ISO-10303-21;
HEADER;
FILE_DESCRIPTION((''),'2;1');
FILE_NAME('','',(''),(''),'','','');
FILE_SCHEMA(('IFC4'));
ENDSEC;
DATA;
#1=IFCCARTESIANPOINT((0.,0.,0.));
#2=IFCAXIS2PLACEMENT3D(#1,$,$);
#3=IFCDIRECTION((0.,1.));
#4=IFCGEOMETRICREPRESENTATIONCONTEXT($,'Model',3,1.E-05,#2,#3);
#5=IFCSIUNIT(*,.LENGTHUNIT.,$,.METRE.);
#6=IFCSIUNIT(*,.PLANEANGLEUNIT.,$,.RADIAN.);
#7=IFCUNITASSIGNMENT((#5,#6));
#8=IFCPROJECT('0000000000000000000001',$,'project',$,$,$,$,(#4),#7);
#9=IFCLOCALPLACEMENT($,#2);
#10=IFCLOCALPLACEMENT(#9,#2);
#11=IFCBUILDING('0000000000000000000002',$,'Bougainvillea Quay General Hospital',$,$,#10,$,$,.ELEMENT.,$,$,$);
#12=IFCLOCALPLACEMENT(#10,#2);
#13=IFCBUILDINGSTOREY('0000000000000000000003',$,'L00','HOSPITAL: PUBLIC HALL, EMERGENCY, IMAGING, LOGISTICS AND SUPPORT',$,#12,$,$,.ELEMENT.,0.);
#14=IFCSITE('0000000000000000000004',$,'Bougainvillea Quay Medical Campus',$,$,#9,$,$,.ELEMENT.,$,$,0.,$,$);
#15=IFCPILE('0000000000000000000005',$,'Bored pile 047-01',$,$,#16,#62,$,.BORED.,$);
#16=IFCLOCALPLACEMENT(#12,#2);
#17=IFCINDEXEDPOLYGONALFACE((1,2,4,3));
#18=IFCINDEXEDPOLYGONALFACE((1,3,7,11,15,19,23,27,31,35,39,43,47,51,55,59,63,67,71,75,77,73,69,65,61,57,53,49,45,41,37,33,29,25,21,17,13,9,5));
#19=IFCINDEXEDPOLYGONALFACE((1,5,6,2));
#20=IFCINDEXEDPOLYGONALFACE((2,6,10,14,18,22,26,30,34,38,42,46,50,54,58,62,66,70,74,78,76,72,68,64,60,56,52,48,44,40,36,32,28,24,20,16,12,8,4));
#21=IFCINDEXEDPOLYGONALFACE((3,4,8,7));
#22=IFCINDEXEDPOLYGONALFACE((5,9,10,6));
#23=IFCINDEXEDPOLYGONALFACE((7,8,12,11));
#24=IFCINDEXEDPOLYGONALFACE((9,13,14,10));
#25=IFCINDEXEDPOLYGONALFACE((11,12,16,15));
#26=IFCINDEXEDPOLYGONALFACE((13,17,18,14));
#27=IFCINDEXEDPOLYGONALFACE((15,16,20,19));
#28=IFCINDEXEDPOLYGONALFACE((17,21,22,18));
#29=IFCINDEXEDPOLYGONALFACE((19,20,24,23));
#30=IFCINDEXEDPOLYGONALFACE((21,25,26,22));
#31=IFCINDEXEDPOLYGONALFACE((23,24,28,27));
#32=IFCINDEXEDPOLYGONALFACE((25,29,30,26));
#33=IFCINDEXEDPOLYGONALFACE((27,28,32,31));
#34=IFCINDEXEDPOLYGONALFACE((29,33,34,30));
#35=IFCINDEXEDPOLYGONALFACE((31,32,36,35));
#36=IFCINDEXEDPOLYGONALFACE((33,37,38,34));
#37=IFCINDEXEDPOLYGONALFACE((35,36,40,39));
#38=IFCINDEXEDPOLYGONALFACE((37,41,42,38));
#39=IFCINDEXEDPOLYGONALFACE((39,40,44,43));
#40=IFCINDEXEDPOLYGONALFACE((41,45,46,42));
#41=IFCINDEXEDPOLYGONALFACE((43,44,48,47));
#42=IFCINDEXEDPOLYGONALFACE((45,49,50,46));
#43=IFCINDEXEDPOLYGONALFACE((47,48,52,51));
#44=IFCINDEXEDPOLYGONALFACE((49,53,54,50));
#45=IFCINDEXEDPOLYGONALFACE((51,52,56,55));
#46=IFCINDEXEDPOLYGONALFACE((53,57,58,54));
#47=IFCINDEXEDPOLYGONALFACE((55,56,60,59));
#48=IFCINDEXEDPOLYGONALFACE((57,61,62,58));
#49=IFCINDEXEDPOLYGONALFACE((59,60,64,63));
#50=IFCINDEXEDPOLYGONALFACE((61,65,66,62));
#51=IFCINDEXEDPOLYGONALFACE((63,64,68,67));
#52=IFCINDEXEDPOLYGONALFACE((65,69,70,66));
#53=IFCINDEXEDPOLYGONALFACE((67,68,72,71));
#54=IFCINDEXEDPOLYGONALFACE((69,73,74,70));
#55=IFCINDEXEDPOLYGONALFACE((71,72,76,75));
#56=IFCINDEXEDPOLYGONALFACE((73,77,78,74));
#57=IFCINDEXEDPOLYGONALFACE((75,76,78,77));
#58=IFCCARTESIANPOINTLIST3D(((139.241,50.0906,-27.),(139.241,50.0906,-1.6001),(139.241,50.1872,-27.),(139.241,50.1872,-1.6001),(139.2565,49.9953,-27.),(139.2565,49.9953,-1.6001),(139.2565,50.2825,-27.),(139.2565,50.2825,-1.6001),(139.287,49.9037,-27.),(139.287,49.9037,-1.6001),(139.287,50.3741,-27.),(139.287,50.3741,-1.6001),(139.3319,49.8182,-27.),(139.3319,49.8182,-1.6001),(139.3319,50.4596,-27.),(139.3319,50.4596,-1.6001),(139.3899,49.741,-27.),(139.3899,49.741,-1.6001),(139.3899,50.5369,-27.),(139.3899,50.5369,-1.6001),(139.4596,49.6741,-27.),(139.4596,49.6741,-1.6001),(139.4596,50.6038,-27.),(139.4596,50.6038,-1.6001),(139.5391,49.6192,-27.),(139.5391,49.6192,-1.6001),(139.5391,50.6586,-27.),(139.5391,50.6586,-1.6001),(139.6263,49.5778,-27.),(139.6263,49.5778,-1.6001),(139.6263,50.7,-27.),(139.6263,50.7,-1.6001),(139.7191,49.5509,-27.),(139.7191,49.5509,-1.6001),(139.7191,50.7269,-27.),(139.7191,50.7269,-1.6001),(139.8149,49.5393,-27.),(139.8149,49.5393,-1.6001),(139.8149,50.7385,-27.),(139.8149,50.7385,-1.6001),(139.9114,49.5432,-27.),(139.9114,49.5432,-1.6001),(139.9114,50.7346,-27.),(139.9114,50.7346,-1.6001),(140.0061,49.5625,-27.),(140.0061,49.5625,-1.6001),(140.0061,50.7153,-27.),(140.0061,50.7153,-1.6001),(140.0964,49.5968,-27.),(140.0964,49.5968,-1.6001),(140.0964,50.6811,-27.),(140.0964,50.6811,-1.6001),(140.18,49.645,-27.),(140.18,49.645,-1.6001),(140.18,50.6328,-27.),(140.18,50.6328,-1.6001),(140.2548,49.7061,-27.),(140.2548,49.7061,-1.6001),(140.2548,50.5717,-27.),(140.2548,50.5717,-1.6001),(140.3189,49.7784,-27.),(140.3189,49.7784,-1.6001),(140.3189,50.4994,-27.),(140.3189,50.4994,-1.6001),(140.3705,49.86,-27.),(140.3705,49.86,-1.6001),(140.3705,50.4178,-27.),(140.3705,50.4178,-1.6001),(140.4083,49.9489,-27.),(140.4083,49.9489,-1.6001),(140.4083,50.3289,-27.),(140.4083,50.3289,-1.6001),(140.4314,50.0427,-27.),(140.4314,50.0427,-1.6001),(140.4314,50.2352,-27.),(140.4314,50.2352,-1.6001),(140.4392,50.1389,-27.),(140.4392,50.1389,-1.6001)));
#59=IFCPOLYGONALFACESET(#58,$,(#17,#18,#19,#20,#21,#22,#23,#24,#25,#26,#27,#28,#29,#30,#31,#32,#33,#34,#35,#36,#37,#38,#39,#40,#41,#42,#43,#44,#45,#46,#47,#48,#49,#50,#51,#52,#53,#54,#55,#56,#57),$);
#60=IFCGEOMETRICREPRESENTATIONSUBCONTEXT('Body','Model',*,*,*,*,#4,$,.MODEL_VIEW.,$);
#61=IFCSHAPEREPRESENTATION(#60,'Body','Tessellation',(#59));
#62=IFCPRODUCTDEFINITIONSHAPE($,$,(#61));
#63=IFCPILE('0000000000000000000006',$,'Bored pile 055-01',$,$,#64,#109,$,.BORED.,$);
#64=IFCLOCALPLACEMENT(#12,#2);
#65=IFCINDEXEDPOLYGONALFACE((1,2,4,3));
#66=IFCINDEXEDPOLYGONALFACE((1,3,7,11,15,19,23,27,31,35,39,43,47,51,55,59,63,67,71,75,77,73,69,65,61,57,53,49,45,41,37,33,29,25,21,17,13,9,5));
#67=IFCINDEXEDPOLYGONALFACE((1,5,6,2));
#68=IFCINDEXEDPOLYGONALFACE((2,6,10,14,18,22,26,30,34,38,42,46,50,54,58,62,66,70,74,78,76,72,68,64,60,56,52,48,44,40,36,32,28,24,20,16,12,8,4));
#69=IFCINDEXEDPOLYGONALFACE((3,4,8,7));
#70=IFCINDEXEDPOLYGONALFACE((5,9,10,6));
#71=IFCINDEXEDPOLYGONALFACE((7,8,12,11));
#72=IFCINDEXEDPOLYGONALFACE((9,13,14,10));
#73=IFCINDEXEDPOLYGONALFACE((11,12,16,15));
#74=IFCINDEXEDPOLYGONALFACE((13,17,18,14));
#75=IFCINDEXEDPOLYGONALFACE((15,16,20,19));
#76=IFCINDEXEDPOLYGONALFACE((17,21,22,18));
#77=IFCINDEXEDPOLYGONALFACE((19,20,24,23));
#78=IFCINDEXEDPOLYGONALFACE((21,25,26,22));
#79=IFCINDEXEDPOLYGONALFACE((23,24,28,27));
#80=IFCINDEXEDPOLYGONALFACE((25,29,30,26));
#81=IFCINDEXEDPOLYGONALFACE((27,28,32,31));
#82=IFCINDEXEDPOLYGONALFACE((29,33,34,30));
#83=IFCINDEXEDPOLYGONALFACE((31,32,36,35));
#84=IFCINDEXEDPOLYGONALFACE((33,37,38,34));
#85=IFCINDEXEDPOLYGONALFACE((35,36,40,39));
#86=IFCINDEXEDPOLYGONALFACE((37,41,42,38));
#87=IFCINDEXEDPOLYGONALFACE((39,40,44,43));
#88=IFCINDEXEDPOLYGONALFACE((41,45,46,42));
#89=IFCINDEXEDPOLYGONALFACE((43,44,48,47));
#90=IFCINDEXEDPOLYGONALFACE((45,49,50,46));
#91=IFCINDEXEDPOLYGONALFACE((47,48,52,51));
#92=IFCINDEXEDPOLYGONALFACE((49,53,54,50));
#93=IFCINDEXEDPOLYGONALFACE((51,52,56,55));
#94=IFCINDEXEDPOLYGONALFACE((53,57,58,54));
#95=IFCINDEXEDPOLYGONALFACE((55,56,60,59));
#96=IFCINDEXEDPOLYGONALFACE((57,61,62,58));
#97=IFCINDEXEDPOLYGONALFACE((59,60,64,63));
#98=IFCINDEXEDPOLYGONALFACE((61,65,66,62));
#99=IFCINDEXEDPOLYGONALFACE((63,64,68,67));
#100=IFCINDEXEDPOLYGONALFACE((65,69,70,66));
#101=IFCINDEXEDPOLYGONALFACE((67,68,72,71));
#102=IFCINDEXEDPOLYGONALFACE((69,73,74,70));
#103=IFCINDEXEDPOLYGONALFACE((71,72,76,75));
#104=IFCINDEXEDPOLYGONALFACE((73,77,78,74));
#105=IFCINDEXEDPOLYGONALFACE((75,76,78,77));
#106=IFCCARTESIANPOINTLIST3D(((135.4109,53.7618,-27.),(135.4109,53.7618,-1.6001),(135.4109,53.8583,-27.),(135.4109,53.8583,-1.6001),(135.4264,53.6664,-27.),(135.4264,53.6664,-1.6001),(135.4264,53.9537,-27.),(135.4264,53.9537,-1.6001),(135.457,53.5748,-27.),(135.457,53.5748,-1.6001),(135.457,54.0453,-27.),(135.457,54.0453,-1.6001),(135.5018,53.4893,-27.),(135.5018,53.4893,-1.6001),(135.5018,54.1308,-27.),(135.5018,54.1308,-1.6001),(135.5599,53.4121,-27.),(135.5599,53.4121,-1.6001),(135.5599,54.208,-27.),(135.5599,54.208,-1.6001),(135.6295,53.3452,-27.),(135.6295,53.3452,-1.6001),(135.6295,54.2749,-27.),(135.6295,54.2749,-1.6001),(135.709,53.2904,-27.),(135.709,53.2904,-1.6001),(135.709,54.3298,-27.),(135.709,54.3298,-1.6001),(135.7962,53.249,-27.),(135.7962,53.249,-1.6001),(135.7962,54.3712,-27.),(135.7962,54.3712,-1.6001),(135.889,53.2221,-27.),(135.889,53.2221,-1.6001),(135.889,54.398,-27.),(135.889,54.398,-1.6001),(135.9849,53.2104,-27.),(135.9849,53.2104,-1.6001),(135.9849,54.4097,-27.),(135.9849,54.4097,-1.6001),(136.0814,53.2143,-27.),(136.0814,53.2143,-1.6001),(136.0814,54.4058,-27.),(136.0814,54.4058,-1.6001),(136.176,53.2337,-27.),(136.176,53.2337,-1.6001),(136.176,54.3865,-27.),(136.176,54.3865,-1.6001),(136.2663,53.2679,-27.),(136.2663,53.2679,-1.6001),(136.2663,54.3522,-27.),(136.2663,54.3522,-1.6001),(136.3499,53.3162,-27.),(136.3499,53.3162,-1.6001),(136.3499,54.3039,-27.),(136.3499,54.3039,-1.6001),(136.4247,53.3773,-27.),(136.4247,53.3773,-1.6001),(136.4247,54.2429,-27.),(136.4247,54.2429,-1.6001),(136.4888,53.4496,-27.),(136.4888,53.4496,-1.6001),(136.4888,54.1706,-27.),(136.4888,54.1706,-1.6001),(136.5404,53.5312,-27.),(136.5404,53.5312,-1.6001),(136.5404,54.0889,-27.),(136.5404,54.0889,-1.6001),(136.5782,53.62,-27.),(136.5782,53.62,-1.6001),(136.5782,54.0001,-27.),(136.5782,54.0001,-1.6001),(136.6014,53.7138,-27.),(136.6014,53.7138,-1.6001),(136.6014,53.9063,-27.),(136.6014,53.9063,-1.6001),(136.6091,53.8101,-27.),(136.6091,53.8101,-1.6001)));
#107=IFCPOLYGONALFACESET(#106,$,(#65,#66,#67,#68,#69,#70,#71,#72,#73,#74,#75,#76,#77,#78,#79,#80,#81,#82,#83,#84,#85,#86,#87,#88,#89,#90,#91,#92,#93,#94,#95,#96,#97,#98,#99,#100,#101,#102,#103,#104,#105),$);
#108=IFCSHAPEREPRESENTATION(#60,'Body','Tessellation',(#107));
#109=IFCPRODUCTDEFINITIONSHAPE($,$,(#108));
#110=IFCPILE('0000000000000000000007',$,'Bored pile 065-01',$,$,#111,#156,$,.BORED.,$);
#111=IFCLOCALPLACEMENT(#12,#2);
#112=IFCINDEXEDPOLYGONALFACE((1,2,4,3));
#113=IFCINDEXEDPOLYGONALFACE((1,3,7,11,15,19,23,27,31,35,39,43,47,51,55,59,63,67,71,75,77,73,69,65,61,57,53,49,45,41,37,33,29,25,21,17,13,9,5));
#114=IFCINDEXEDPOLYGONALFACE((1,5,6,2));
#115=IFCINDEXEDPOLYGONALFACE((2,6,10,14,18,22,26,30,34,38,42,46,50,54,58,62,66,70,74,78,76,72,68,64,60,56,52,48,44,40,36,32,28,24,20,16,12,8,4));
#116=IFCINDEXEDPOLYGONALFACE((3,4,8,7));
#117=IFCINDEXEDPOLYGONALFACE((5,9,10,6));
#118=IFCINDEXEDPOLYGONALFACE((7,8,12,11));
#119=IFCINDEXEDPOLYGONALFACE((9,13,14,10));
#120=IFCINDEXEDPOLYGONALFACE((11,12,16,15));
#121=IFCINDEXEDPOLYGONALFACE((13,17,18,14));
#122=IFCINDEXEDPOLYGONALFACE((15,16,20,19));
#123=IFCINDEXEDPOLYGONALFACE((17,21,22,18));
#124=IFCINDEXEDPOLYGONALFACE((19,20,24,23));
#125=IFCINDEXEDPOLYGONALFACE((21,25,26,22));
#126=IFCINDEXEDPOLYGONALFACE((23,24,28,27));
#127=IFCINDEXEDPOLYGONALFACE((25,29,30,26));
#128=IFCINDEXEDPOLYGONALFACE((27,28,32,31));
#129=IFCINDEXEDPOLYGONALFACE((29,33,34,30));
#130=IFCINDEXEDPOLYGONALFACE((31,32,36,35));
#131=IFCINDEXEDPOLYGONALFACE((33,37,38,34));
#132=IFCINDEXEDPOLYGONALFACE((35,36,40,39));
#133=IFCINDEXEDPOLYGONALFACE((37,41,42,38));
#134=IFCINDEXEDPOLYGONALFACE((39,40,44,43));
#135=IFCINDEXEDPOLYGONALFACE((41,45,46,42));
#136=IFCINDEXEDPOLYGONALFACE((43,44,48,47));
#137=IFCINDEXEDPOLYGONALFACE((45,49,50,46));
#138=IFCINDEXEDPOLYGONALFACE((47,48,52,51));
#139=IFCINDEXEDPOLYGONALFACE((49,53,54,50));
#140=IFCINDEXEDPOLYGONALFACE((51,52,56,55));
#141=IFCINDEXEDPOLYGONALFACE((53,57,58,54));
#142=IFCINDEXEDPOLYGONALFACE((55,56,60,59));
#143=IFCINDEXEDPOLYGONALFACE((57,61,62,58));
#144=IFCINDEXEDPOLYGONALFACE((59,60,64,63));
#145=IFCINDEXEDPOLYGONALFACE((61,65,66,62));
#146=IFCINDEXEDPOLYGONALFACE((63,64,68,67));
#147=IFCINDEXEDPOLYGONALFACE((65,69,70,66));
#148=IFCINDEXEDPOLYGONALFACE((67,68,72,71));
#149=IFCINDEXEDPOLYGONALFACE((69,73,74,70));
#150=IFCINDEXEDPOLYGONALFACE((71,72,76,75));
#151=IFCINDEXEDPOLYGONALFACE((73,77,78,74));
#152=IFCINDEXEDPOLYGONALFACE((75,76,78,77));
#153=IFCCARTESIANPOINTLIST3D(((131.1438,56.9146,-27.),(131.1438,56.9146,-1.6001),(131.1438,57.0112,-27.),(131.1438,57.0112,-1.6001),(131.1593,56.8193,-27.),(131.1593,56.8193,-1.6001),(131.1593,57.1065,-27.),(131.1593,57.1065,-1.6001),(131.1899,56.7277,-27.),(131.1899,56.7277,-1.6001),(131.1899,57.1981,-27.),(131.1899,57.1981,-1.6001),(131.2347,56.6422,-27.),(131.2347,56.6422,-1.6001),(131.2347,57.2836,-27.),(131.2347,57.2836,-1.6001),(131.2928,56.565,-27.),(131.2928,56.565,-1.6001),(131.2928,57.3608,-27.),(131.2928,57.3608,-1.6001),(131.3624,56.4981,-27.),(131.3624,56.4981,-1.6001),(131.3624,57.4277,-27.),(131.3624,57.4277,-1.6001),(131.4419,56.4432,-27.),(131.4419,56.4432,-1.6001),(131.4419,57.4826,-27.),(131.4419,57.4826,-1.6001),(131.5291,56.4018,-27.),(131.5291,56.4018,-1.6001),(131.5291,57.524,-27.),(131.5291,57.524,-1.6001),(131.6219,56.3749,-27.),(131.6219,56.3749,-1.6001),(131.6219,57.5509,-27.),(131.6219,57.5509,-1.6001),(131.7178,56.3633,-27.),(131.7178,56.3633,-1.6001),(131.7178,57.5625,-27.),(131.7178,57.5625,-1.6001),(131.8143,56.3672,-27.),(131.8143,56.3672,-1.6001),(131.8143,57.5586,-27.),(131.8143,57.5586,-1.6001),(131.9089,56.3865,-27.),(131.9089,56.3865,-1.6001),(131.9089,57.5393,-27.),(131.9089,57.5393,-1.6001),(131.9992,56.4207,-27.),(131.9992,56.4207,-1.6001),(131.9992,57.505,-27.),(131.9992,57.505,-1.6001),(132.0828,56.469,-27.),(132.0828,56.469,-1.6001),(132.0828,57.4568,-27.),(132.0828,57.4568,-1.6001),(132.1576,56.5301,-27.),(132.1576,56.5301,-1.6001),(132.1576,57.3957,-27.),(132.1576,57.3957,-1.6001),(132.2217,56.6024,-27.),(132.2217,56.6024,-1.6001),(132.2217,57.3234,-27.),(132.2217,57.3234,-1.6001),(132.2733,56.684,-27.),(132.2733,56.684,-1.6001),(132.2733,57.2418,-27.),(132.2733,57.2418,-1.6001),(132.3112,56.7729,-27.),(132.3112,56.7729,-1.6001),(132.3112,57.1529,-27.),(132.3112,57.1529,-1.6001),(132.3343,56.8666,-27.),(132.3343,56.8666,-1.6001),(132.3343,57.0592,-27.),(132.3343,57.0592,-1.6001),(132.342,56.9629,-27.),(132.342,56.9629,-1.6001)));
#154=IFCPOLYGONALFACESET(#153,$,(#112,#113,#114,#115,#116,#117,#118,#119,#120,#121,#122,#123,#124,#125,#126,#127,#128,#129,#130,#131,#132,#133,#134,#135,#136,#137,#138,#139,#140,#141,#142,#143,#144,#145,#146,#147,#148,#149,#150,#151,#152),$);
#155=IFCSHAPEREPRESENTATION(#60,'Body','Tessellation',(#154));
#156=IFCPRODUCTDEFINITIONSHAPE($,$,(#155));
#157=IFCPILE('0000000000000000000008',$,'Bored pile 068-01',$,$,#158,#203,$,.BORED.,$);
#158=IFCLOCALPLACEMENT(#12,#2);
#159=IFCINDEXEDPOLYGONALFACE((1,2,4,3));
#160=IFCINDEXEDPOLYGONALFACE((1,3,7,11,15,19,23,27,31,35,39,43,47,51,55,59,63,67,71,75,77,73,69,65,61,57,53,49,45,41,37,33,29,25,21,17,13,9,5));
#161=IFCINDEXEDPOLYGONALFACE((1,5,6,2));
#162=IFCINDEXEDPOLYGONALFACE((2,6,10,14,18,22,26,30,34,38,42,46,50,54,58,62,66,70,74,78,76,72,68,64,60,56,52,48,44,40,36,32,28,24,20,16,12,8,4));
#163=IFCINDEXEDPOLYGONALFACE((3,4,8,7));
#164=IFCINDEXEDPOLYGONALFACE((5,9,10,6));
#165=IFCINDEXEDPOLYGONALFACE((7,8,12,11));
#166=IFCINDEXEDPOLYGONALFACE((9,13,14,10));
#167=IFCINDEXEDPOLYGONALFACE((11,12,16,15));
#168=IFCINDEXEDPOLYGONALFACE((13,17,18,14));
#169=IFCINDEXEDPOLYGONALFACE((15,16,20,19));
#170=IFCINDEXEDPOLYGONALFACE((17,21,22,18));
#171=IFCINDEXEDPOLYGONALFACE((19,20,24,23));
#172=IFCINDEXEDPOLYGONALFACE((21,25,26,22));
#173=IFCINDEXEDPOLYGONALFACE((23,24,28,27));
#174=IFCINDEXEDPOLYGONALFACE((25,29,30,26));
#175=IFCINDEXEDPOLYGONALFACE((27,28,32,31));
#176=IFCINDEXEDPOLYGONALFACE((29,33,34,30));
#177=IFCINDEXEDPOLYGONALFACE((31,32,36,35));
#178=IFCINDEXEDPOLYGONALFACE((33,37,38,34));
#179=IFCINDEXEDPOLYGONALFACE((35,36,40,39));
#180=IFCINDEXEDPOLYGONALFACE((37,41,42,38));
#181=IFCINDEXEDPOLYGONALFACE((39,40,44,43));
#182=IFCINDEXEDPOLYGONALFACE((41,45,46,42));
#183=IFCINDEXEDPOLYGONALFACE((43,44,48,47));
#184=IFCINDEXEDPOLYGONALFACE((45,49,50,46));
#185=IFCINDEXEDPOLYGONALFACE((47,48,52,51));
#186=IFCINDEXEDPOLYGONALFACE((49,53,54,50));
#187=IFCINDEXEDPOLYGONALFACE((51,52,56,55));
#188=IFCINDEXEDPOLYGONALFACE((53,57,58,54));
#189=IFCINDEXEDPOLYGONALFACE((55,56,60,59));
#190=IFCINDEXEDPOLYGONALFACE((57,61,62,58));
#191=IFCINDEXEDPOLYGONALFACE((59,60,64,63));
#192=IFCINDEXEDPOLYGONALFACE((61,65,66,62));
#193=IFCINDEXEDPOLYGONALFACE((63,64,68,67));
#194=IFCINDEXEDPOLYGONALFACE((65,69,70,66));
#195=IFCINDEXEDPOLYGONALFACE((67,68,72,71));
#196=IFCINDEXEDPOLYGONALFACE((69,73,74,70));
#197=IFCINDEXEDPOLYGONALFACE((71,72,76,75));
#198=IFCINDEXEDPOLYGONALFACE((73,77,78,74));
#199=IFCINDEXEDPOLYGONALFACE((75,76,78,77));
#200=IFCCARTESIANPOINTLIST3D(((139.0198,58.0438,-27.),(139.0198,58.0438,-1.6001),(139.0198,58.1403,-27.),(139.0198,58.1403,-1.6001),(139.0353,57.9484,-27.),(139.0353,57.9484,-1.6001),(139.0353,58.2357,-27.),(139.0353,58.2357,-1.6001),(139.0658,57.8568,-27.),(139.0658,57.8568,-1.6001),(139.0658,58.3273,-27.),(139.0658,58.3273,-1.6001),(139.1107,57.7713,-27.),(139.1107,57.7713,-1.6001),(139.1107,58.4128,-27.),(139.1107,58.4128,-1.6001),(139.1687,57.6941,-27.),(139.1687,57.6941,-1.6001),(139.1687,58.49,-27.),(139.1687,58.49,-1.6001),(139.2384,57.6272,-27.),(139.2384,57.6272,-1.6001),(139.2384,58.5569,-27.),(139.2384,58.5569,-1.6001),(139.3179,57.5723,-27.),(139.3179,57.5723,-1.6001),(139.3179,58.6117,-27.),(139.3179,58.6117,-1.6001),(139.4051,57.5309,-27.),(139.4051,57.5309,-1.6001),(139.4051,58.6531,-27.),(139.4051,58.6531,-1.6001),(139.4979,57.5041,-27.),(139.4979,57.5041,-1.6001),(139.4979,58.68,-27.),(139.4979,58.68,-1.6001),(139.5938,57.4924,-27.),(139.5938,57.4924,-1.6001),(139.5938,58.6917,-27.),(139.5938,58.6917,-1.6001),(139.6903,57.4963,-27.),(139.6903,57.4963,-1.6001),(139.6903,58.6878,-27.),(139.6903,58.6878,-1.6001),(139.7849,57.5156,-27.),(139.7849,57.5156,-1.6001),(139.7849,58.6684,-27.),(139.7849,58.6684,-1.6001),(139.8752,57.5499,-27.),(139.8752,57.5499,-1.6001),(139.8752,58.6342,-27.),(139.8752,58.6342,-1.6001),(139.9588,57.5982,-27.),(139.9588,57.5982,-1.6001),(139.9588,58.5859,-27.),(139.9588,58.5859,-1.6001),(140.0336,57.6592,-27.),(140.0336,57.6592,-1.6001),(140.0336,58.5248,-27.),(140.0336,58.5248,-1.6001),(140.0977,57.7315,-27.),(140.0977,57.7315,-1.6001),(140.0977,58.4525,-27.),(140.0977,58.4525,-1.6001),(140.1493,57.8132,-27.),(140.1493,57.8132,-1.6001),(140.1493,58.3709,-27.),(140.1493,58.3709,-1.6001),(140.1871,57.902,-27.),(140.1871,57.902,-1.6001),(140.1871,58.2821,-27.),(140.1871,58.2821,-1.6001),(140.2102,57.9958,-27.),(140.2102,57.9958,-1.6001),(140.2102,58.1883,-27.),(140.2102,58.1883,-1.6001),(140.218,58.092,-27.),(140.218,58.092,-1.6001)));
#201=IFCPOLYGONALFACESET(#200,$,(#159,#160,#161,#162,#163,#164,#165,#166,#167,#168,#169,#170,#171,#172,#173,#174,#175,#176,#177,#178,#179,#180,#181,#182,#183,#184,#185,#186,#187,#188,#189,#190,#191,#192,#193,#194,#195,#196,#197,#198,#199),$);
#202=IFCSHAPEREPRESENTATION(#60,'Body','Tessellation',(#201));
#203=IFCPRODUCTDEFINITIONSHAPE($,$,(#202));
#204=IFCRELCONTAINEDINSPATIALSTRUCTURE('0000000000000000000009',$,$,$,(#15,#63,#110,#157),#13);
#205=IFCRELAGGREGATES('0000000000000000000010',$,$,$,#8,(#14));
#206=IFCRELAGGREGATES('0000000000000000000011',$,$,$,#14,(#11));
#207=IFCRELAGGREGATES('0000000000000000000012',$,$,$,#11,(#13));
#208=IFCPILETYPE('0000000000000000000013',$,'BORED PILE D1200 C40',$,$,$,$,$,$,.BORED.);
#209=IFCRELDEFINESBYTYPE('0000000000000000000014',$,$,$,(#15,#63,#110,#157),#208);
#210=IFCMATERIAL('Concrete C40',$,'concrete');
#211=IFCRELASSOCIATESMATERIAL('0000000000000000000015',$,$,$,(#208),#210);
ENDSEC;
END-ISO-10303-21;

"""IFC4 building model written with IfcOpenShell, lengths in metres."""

from ifc_helpers import new_model, si_unit, direction, frame, origin, origin_2d, place, context, subcontext, project, spatial, circle, extrude, material, material_profile, profile_set, type_object, element, save


model = new_model("IFC4")

# Units and contexts
model_context = context("Model", 3, precision=1e-05, world=origin(), true_north=direction((0.0, 1.0)))
body_context = subcontext(model_context, "Body", "Model", "MODEL_VIEW")
ifc_project = project(units=[si_unit("LENGTHUNIT", "METRE"), si_unit("PLANEANGLEUNIT", "RADIAN")], contexts=[model_context])

# Site, building, storey
site_placement = place(None, origin())
site = spatial("IfcSite", under=ifc_project, at=site_placement, Name="Bougainvillea Quay Medical Campus", CompositionType="ELEMENT", RefElevation=0.0)
building_placement = place(site_placement, origin())
building = spatial("IfcBuilding", under=site, at=building_placement, Name="Bougainvillea Quay General Hospital", CompositionType="ELEMENT")
storey_placement = place(building_placement, origin())
storey = spatial("IfcBuildingStorey", under=building, at=storey_placement, Name="L00", Description="HOSPITAL: PUBLIC HALL, EMERGENCY, IMAGING, LOGISTICS AND SUPPORT", CompositionType="ELEMENT", Elevation=0.0)

# Piles
ifc_material_1 = material(Name="Concrete C40", Category="concrete")
ifc_material_profile_1 = material_profile(ifc_material_1, circle(Radius=0.6001, at=origin_2d()))
ifc_profile_set_1 = profile_set([ifc_material_profile_1], Name="Concrete C40")
pile_type = type_object("IfcPileType", Name="BORED PILE D1200 C40", PredefinedType="BORED", material=ifc_profile_set_1)
for number, where, z_axis, x_axis, name in (
    (1, (139.8391, 50.1389, -1.6001), (0.0, 0.0, -1.0), (1.0, 0.0, 0.0), "Bored pile 047-01"),
    (2, (136.009, 53.8101, -1.6001), (0.0, 0.0, -1.0), (1.0, 0.0, 0.0), "Bored pile 055-01"),
    (3, (131.7419, 56.9629, -1.6001), (0.0, 0.0, -1.0), (1.0, 0.0, 0.0), "Bored pile 065-01"),
    (4, (139.6179, 58.092, -1.6001), (0.0, 0.0, -1.0), (1.0, 0.0, 0.0), "Bored pile 068-01"),
):
    element("IfcPile", number, at=place(storey_placement, frame(where, z_axis=z_axis, x_axis=x_axis)), inside=storey, type_object=pile_type, Name=name, PredefinedType="BORED", context=body_context, shape_type="SweptSolid", body=[
        extrude(circle(Radius=0.6001, at=origin_2d()), origin(), (0.0, 0.0, 1.0), 25.3999),
    ])

save(model, "model.ifc")
